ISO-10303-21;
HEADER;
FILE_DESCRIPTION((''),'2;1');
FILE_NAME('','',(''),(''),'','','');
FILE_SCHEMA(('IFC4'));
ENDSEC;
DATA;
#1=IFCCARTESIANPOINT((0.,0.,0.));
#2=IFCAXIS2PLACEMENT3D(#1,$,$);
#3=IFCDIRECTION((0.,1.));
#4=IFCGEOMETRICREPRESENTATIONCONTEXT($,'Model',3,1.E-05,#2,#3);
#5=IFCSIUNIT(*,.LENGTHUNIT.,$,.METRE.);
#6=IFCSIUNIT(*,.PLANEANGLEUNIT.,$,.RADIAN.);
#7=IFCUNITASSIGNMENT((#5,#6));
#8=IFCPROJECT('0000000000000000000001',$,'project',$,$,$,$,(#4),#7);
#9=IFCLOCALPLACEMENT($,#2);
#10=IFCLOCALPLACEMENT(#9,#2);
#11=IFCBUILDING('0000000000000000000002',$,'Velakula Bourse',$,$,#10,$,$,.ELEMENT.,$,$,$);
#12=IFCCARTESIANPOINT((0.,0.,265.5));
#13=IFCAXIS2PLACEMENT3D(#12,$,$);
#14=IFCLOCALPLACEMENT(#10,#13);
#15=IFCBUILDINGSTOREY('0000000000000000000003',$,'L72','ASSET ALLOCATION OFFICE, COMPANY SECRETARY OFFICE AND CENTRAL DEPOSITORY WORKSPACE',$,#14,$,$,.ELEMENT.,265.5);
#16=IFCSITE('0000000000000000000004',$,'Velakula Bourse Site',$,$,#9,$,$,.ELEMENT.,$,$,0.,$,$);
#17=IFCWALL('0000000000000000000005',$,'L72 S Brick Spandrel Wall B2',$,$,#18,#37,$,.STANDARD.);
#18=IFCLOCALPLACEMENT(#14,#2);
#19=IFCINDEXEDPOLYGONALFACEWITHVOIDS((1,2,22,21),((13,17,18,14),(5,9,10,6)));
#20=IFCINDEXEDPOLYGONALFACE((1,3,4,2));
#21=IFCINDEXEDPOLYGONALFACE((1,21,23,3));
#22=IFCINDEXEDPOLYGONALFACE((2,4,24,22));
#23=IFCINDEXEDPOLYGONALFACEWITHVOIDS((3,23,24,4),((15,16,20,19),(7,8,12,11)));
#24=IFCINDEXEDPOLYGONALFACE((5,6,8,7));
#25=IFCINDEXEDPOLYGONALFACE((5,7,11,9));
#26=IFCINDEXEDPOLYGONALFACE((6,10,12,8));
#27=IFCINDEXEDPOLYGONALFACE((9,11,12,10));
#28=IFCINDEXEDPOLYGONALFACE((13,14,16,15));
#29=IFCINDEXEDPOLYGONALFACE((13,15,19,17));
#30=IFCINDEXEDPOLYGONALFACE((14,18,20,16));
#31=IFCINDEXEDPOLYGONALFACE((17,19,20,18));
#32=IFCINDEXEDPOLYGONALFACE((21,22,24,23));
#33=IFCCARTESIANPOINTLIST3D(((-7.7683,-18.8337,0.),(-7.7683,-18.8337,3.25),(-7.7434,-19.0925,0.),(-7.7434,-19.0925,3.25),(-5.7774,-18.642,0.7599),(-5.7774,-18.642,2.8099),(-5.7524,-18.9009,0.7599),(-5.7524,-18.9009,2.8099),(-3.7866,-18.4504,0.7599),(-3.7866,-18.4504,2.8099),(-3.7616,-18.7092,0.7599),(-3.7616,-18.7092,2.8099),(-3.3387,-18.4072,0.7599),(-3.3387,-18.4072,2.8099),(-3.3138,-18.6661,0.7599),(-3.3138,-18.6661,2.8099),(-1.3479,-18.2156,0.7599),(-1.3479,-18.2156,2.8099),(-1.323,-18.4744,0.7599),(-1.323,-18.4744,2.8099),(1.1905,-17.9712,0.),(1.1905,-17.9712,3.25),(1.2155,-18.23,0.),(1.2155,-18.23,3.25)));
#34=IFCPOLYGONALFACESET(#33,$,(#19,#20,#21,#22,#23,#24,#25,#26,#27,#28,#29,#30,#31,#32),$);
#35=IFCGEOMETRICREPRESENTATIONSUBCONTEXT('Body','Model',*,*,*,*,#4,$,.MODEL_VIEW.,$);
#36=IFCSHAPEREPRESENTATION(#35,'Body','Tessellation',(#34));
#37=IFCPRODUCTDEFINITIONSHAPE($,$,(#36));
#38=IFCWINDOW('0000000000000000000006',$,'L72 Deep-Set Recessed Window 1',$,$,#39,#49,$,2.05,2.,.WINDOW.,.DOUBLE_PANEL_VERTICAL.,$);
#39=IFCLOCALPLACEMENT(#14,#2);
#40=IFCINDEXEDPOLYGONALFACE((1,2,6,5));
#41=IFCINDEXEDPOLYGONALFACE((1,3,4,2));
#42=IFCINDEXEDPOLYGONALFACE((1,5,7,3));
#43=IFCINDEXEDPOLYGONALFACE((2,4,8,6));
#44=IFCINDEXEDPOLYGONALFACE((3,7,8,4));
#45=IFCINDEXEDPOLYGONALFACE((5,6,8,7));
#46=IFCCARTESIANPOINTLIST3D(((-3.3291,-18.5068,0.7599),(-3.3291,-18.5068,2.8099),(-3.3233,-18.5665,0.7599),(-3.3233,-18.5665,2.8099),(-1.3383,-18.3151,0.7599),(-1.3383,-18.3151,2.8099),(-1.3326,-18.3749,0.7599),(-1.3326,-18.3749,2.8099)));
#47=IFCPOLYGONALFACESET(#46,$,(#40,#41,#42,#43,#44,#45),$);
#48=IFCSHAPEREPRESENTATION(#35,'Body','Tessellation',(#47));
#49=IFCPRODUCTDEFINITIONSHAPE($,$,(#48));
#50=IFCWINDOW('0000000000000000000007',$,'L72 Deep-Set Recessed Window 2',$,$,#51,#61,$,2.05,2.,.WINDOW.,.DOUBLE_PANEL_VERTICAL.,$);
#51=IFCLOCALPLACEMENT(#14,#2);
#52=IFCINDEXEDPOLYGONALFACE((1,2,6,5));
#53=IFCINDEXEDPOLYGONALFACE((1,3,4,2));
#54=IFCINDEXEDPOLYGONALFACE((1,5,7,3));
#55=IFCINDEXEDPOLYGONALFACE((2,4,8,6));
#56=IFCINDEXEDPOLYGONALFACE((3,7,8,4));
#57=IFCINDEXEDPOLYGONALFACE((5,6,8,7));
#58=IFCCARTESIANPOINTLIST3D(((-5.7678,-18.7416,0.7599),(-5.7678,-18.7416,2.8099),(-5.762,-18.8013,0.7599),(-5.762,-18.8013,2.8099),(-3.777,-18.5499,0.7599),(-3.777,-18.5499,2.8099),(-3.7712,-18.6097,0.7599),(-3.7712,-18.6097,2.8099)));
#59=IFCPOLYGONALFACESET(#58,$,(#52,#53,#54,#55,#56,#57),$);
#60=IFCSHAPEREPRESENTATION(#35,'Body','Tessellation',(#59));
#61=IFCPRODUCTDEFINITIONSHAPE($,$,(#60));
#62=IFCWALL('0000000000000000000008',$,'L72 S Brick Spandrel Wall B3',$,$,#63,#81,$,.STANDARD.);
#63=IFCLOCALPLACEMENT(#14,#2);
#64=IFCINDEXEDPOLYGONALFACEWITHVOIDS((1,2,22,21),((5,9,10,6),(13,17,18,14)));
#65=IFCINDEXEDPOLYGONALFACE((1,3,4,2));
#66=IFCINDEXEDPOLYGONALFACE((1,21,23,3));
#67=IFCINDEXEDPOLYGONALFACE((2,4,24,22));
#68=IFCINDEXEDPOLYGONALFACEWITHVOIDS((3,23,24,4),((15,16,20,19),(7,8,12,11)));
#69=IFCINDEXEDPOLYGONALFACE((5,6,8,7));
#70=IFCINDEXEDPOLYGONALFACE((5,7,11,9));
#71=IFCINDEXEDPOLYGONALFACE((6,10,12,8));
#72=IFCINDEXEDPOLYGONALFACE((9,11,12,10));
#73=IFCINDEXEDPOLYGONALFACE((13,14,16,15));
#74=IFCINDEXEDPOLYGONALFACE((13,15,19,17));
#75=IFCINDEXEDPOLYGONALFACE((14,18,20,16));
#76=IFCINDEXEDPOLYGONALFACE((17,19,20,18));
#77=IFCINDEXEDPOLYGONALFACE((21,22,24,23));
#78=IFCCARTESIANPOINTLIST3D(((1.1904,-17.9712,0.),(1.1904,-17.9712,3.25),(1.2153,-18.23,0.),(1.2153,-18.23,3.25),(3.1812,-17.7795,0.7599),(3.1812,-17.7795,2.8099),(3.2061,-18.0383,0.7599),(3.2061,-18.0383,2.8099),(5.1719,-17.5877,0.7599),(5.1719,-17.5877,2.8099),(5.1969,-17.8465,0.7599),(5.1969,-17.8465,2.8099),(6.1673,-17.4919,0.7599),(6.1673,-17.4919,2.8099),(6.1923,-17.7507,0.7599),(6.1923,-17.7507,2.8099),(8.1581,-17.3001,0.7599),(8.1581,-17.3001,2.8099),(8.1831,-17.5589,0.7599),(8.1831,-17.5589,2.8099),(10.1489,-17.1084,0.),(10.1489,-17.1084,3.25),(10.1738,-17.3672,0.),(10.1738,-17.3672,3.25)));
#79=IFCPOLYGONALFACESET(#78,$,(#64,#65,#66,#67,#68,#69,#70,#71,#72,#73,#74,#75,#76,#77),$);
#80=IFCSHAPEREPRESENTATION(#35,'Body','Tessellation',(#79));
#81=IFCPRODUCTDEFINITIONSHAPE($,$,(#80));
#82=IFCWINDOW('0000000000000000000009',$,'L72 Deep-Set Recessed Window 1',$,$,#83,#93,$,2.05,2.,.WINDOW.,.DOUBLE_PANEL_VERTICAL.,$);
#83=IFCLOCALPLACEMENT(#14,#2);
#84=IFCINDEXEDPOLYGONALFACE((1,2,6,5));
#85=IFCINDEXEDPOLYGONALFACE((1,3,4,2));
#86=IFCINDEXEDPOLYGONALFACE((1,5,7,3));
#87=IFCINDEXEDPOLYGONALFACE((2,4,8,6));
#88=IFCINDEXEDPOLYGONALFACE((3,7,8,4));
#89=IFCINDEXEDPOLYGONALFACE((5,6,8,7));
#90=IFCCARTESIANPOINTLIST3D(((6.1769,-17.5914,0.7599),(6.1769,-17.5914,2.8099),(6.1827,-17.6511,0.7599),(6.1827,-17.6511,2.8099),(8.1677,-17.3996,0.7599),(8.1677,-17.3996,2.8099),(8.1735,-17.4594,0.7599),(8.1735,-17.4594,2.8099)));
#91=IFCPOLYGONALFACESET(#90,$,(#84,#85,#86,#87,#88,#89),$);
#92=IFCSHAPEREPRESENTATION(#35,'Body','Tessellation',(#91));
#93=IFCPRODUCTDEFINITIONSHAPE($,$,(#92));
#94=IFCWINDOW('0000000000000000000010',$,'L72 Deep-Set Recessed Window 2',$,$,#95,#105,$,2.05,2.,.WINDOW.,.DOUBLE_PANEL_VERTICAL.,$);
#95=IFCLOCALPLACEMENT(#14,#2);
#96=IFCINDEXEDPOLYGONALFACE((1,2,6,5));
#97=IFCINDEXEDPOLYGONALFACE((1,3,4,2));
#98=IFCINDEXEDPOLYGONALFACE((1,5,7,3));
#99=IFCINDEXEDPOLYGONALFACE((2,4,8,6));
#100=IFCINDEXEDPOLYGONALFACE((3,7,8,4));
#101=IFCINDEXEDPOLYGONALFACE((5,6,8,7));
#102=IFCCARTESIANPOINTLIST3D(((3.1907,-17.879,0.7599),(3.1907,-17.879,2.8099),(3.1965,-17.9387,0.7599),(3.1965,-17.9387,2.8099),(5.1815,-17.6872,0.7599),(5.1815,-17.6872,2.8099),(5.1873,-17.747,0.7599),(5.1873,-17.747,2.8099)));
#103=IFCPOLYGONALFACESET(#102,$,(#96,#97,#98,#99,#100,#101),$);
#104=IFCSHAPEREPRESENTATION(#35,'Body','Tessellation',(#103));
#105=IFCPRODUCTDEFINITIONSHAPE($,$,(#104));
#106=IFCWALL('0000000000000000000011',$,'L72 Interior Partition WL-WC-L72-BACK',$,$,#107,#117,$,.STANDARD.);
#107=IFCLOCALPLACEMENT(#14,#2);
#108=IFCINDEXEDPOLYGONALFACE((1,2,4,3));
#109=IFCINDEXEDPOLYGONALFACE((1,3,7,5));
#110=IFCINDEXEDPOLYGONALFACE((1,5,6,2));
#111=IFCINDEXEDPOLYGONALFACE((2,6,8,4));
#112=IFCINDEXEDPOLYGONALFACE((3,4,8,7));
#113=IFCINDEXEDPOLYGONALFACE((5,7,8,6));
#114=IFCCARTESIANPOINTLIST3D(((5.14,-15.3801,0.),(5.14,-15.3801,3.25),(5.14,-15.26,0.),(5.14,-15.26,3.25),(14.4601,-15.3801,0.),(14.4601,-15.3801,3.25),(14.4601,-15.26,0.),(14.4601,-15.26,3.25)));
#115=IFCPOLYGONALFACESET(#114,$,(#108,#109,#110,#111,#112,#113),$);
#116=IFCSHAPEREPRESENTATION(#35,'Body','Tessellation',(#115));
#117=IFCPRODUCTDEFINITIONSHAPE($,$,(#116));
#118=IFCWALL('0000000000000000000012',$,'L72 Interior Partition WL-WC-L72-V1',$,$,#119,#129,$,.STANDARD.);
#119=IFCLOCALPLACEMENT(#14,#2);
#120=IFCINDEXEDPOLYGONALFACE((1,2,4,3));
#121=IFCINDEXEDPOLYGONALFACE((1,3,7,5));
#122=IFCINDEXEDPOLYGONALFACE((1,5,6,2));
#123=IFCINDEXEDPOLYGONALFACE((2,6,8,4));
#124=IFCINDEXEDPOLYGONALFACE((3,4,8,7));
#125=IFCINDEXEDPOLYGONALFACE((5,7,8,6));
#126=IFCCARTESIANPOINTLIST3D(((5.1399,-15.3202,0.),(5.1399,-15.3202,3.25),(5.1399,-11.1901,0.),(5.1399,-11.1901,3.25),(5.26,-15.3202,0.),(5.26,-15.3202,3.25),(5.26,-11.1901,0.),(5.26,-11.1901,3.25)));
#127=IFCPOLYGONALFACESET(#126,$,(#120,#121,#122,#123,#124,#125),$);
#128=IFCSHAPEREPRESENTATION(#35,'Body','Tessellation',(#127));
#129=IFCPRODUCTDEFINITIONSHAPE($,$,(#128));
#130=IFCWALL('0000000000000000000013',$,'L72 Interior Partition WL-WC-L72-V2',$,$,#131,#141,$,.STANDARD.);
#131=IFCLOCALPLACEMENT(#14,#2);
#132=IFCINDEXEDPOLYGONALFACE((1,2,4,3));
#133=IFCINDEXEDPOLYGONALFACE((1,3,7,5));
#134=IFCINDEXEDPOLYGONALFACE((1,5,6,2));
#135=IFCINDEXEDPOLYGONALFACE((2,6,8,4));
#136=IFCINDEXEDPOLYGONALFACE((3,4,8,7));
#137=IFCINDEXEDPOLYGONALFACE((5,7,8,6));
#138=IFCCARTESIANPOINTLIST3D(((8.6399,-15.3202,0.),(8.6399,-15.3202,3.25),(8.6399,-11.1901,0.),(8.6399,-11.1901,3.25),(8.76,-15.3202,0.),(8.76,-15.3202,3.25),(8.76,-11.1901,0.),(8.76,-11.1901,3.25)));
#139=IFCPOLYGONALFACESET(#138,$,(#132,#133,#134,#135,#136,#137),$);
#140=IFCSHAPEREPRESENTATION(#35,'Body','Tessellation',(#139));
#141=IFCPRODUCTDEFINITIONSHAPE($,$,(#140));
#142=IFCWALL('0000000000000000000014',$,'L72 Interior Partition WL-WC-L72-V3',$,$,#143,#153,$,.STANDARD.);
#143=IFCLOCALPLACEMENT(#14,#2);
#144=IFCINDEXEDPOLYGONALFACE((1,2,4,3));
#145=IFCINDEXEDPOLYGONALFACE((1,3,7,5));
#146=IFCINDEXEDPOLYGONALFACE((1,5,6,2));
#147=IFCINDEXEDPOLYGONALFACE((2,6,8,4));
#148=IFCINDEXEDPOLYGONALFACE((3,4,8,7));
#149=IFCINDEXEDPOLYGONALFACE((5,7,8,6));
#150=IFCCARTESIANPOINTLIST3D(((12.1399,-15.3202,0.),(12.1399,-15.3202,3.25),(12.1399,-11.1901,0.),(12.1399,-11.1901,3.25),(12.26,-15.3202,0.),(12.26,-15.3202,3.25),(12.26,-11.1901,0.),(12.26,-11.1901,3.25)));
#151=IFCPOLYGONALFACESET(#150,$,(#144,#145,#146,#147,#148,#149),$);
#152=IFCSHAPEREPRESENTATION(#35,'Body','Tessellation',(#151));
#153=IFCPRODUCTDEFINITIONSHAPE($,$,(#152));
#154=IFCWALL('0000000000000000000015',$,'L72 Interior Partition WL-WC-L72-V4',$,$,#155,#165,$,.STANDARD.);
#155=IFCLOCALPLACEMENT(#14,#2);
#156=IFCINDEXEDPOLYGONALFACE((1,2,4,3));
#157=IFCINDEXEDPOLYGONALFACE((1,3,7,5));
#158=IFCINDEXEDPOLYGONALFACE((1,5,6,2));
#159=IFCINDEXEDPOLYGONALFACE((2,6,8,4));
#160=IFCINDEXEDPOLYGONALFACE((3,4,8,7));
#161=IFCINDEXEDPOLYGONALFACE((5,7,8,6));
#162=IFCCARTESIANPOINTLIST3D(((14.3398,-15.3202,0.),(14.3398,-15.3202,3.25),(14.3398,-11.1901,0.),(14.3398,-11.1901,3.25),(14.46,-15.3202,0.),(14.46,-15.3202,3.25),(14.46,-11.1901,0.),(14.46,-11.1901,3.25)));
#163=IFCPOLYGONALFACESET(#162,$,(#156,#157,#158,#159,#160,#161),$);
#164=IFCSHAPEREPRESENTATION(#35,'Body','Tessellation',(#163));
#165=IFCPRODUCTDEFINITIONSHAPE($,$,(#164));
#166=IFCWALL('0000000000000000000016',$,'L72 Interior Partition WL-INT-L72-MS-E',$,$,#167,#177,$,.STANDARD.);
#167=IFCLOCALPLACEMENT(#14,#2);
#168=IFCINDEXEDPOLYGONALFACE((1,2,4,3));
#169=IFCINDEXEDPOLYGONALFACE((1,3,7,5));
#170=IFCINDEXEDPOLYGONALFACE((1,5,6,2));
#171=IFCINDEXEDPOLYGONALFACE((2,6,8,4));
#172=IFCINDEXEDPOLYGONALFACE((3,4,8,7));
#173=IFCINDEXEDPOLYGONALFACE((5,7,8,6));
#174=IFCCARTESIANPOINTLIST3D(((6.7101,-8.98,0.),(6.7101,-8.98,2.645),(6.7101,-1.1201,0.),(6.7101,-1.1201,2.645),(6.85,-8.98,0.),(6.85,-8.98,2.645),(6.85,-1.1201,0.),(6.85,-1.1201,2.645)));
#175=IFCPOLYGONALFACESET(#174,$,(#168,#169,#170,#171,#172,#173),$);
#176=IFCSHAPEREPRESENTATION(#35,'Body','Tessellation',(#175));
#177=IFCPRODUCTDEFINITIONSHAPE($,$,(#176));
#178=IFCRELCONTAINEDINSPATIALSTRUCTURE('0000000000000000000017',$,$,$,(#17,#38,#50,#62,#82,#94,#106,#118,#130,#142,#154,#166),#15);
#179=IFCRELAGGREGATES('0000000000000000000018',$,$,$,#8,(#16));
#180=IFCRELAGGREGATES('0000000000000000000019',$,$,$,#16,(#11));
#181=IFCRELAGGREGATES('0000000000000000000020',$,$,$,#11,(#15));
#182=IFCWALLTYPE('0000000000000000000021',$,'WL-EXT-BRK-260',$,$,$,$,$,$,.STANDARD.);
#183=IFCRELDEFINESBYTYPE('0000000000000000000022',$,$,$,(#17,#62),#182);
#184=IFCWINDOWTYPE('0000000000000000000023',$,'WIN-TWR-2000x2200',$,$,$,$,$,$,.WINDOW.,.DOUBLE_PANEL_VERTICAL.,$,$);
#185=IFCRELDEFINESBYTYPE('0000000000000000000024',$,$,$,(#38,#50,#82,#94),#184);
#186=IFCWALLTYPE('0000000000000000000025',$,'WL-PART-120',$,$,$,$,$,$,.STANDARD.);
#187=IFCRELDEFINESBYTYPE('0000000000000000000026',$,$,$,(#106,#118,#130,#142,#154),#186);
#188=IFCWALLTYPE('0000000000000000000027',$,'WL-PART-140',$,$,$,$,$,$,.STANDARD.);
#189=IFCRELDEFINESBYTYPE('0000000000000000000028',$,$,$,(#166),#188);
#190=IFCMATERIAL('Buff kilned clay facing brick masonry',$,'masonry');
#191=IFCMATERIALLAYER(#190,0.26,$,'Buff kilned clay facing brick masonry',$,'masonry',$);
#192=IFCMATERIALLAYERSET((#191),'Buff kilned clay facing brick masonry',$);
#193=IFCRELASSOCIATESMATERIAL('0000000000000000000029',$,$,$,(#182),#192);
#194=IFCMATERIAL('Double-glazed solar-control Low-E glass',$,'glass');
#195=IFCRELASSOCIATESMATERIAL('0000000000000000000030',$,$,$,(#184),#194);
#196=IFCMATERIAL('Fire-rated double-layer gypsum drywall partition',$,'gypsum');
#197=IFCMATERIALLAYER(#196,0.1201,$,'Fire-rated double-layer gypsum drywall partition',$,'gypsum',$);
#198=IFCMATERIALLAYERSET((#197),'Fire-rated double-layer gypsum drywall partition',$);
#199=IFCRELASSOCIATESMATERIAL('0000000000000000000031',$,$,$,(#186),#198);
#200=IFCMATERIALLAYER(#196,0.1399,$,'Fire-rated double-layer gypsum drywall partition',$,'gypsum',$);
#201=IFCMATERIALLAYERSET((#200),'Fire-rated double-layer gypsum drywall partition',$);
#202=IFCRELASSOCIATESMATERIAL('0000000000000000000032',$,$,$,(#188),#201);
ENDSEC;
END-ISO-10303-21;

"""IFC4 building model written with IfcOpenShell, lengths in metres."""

from ifc_helpers import new_model, si_unit, direction, frame, frame_2d, origin, place, context, subcontext, project, spatial, rectangle, extrude, material, layer, layer_set, type_object, element, fill, save


model = new_model("IFC4")

# Units and contexts
model_context = context("Model", 3, precision=1e-05, world=origin(), true_north=direction((0.0, 1.0)))
body_context = subcontext(model_context, "Body", "Model", "MODEL_VIEW")
ifc_project = project(units=[si_unit("LENGTHUNIT", "METRE"), si_unit("PLANEANGLEUNIT", "RADIAN")], contexts=[model_context])

# Site, building, storey
site_placement = place(None, origin())
site = spatial("IfcSite", under=ifc_project, at=site_placement, Name="Velakula Bourse Site", CompositionType="ELEMENT", RefElevation=0.0)
building_placement = place(site_placement, origin())
building = spatial("IfcBuilding", under=site, at=building_placement, Name="Velakula Bourse", CompositionType="ELEMENT")
storey_placement = place(building_placement, frame((0.0, 0.0, 265.5)))
storey = spatial("IfcBuildingStorey", under=building, at=storey_placement, Name="L72", Description="ASSET ALLOCATION OFFICE, COMPANY SECRETARY OFFICE AND CENTRAL DEPOSITORY WORKSPACE", CompositionType="ELEMENT", Elevation=265.5)

# Walls, openings, windows
ifc_material_1 = material(Name="Buff kilned clay facing brick masonry", Category="masonry")
ifc_layer_1 = layer(ifc_material_1, 0.26, Name="Buff kilned clay facing brick masonry", Category="masonry")
ifc_layer_set_1 = layer_set([ifc_layer_1], Name="Buff kilned clay facing brick masonry")
wall_type_1 = type_object("IfcWallType", Name="WL-EXT-BRK-260", PredefinedType="STANDARD", material=ifc_layer_set_1)
wall_1_placement = place(storey_placement, frame((1.2029, -18.1006, 0.0), z_axis=(0.0, 0.0, 1.0), x_axis=(-0.995397, -0.095837, 0.0)))
wall_1 = element("IfcWall", 1, at=wall_1_placement, inside=storey, type_object=wall_type_1, Name="L72 S Brick Spandrel Wall B2", PredefinedType="STANDARD", context=body_context, shape_type="SweptSolid", body=[
    extrude(rectangle(XDim=9.0002, YDim=0.26, at=frame_2d((4.5, 0.0))), origin(), (0.0, 0.0, 1.0), 3.25),
])
opening_1_placement = place(wall_1_placement, frame((2.55, 0.0, 0.76)))
opening_1 = element("IfcOpeningElement", 2, at=opening_1_placement, cuts=wall_1, PredefinedType="OPENING", context=body_context, shape_type="SweptSolid", body=[
    extrude(rectangle(XDim=2.0, YDim=2.05, at=frame_2d((1.0, 1.0249))), frame((0.0, 0.1399, 0.0), z_axis=(0.0, -1.0, 0.0), x_axis=(1.0, 0.0, 0.0)), (0.0, 0.0, 1.0), 0.28),
])
opening_2_placement = place(wall_1_placement, frame((5.0, 0.0, 0.76)))
opening_2 = element("IfcOpeningElement", 3, at=opening_2_placement, cuts=wall_1, PredefinedType="OPENING", context=body_context, shape_type="SweptSolid", body=[
    extrude(rectangle(XDim=2.0, YDim=2.05, at=frame_2d((1.0, 1.0249))), frame((0.0, 0.1399, 0.0), z_axis=(0.0, -1.0, 0.0), x_axis=(1.0, 0.0, 0.0)), (0.0, 0.0, 1.0), 0.28),
])
ifc_material_2 = material(Name="Double-glazed solar-control Low-E glass", Category="glass")
window_type = type_object("IfcWindowType", Name="WIN-TWR-2000x2200", PartitioningType="DOUBLE_PANEL_VERTICAL", PredefinedType="WINDOW", material=ifc_material_2)
window_1_placement = place(opening_1_placement, origin())
window_1 = element("IfcWindow", 4, at=window_1_placement, inside=storey, type_object=window_type, Name="L72 Deep-Set Recessed Window 1", OverallHeight=2.05, OverallWidth=2.0, PartitioningType="DOUBLE_PANEL_VERTICAL", PredefinedType="WINDOW", context=body_context, shape_type="SweptSolid", body=[
    extrude(rectangle(XDim=2.0, YDim=2.05, at=frame_2d((1.0, 1.0249))), frame((0.0, 0.03, 0.0), z_axis=(0.0, -1.0, 0.0), x_axis=(1.0, 0.0, 0.0)), (0.0, 0.0, 1.0), 0.0601),
])
fill(opening_1, window_1)
window_2_placement = place(opening_2_placement, origin())
window_2 = element("IfcWindow", 5, at=window_2_placement, inside=storey, type_object=window_type, Name="L72 Deep-Set Recessed Window 2", OverallHeight=2.05, OverallWidth=2.0, PartitioningType="DOUBLE_PANEL_VERTICAL", PredefinedType="WINDOW", context=body_context, shape_type="SweptSolid", body=[
    extrude(rectangle(XDim=2.0, YDim=2.05, at=frame_2d((1.0, 1.0249))), frame((0.0, 0.03, 0.0), z_axis=(0.0, -1.0, 0.0), x_axis=(1.0, 0.0, 0.0)), (0.0, 0.0, 1.0), 0.0601),
])
fill(opening_2, window_2)
wall_2_placement = place(storey_placement, frame((10.1614, -17.2378, 0.0), z_axis=(0.0, 0.0, 1.0), x_axis=(-0.995394, -0.095866, 0.0)))
wall_2 = element("IfcWall", 6, at=wall_2_placement, inside=storey, type_object=wall_type_1, Name="L72 S Brick Spandrel Wall B3", PredefinedType="STANDARD", context=body_context, shape_type="SweptSolid", body=[
    extrude(rectangle(XDim=9.0, YDim=0.26, at=frame_2d((4.5, 0.0))), origin(), (0.0, 0.0, 1.0), 3.25),
])
opening_3_placement = place(wall_2_placement, frame((2.0, 0.0, 0.76)))
opening_3 = element("IfcOpeningElement", 7, at=opening_3_placement, cuts=wall_2, PredefinedType="OPENING", context=body_context, shape_type="SweptSolid", body=[
    extrude(rectangle(XDim=2.0, YDim=2.05, at=frame_2d((1.0, 1.0249))), frame((0.0, 0.1399, 0.0), z_axis=(0.0, -1.0, 0.0), x_axis=(1.0, 0.0, 0.0)), (0.0, 0.0, 1.0), 0.28),
])
opening_4_placement = place(wall_2_placement, frame((5.0, 0.0, 0.76)))
opening_4 = element("IfcOpeningElement", 8, at=opening_4_placement, cuts=wall_2, PredefinedType="OPENING", context=body_context, shape_type="SweptSolid", body=[
    extrude(rectangle(XDim=2.0, YDim=2.05, at=frame_2d((1.0, 1.0249))), frame((0.0, 0.1399, 0.0), z_axis=(0.0, -1.0, 0.0), x_axis=(1.0, 0.0, 0.0)), (0.0, 0.0, 1.0), 0.28),
])
window_3_placement = place(opening_3_placement, origin())
window_3 = element("IfcWindow", 9, at=window_3_placement, inside=storey, type_object=window_type, Name="L72 Deep-Set Recessed Window 1", OverallHeight=2.05, OverallWidth=2.0, PartitioningType="DOUBLE_PANEL_VERTICAL", PredefinedType="WINDOW", context=body_context, shape_type="SweptSolid", body=[
    extrude(rectangle(XDim=2.0, YDim=2.05, at=frame_2d((1.0, 1.0249))), frame((0.0, 0.03, 0.0), z_axis=(0.0, -1.0, 0.0), x_axis=(1.0, 0.0, 0.0)), (0.0, 0.0, 1.0), 0.0601),
])
fill(opening_3, window_3)
window_4_placement = place(opening_4_placement, origin())
window_4 = element("IfcWindow", 10, at=window_4_placement, inside=storey, type_object=window_type, Name="L72 Deep-Set Recessed Window 2", OverallHeight=2.05, OverallWidth=2.0, PartitioningType="DOUBLE_PANEL_VERTICAL", PredefinedType="WINDOW", context=body_context, shape_type="SweptSolid", body=[
    extrude(rectangle(XDim=2.0, YDim=2.05, at=frame_2d((1.0, 1.0249))), frame((0.0, 0.03, 0.0), z_axis=(0.0, -1.0, 0.0), x_axis=(1.0, 0.0, 0.0)), (0.0, 0.0, 1.0), 0.0601),
])
fill(opening_4, window_4)

# Walls
ifc_material_3 = material(Name="Fire-rated double-layer gypsum drywall partition", Category="gypsum")
ifc_layer_2 = layer(ifc_material_3, 0.1201, Name="Fire-rated double-layer gypsum drywall partition", Category="gypsum")
ifc_layer_set_2 = layer_set([ifc_layer_2], Name="Fire-rated double-layer gypsum drywall partition")
wall_type_2 = type_object("IfcWallType", Name="WL-PART-120", PredefinedType="STANDARD", material=ifc_layer_set_2)
wall_3_placement = place(storey_placement, frame((5.1399, -15.3201, 0.0), z_axis=(0.0, 0.0, 1.0), x_axis=(1.0, 0.0, 0.0)))
element("IfcWall", 11, at=wall_3_placement, inside=storey, type_object=wall_type_2, Name="L72 Interior Partition WL-WC-L72-BACK", PredefinedType="STANDARD", context=body_context, shape_type="SweptSolid", body=[
    extrude(rectangle(XDim=9.3201, YDim=0.1201, at=frame_2d((4.6602, 0.0))), origin(), (0.0, 0.0, 1.0), 3.25),
])
for number, where, z_axis, x_axis, name in (
    (12, (5.2, -15.3201, 0.0), (0.0, 0.0, 1.0), (0.0, 1.0, 0.0), "L72 Interior Partition WL-WC-L72-V1"),
    (13, (8.7, -15.3201, 0.0), (0.0, 0.0, 1.0), (0.0, 1.0, 0.0), "L72 Interior Partition WL-WC-L72-V2"),
    (14, (12.2, -15.3201, 0.0), (0.0, 0.0, 1.0), (0.0, 1.0, 0.0), "L72 Interior Partition WL-WC-L72-V3"),
    (15, (14.3999, -15.3201, 0.0), (0.0, 0.0, 1.0), (0.0, 1.0, 0.0), "L72 Interior Partition WL-WC-L72-V4"),
):
    element("IfcWall", number, at=place(storey_placement, frame(where, z_axis=z_axis, x_axis=x_axis)), inside=storey, type_object=wall_type_2, Name=name, PredefinedType="STANDARD", context=body_context, shape_type="SweptSolid", body=[
        extrude(rectangle(XDim=4.1301, YDim=0.1201, at=frame_2d((2.0649, 0.0))), origin(), (0.0, 0.0, 1.0), 3.25),
    ])
ifc_layer_3 = layer(ifc_material_3, 0.1399, Name="Fire-rated double-layer gypsum drywall partition", Category="gypsum")
ifc_layer_set_3 = layer_set([ifc_layer_3], Name="Fire-rated double-layer gypsum drywall partition")
wall_type_3 = type_object("IfcWallType", Name="WL-PART-140", PredefinedType="STANDARD", material=ifc_layer_set_3)
wall_4_placement = place(storey_placement, frame((6.78, -8.98, 0.0), z_axis=(0.0, 0.0, 1.0), x_axis=(0.0, 1.0, 0.0)))
element("IfcWall", 16, at=wall_4_placement, inside=storey, type_object=wall_type_3, Name="L72 Interior Partition WL-INT-L72-MS-E", PredefinedType="STANDARD", context=body_context, shape_type="SweptSolid", body=[
    extrude(rectangle(XDim=7.8599, YDim=0.1399, at=frame_2d((3.9299, 0.0))), origin(), (0.0, 0.0, 1.0), 2.645),
])

save(model, "model.ifc")
